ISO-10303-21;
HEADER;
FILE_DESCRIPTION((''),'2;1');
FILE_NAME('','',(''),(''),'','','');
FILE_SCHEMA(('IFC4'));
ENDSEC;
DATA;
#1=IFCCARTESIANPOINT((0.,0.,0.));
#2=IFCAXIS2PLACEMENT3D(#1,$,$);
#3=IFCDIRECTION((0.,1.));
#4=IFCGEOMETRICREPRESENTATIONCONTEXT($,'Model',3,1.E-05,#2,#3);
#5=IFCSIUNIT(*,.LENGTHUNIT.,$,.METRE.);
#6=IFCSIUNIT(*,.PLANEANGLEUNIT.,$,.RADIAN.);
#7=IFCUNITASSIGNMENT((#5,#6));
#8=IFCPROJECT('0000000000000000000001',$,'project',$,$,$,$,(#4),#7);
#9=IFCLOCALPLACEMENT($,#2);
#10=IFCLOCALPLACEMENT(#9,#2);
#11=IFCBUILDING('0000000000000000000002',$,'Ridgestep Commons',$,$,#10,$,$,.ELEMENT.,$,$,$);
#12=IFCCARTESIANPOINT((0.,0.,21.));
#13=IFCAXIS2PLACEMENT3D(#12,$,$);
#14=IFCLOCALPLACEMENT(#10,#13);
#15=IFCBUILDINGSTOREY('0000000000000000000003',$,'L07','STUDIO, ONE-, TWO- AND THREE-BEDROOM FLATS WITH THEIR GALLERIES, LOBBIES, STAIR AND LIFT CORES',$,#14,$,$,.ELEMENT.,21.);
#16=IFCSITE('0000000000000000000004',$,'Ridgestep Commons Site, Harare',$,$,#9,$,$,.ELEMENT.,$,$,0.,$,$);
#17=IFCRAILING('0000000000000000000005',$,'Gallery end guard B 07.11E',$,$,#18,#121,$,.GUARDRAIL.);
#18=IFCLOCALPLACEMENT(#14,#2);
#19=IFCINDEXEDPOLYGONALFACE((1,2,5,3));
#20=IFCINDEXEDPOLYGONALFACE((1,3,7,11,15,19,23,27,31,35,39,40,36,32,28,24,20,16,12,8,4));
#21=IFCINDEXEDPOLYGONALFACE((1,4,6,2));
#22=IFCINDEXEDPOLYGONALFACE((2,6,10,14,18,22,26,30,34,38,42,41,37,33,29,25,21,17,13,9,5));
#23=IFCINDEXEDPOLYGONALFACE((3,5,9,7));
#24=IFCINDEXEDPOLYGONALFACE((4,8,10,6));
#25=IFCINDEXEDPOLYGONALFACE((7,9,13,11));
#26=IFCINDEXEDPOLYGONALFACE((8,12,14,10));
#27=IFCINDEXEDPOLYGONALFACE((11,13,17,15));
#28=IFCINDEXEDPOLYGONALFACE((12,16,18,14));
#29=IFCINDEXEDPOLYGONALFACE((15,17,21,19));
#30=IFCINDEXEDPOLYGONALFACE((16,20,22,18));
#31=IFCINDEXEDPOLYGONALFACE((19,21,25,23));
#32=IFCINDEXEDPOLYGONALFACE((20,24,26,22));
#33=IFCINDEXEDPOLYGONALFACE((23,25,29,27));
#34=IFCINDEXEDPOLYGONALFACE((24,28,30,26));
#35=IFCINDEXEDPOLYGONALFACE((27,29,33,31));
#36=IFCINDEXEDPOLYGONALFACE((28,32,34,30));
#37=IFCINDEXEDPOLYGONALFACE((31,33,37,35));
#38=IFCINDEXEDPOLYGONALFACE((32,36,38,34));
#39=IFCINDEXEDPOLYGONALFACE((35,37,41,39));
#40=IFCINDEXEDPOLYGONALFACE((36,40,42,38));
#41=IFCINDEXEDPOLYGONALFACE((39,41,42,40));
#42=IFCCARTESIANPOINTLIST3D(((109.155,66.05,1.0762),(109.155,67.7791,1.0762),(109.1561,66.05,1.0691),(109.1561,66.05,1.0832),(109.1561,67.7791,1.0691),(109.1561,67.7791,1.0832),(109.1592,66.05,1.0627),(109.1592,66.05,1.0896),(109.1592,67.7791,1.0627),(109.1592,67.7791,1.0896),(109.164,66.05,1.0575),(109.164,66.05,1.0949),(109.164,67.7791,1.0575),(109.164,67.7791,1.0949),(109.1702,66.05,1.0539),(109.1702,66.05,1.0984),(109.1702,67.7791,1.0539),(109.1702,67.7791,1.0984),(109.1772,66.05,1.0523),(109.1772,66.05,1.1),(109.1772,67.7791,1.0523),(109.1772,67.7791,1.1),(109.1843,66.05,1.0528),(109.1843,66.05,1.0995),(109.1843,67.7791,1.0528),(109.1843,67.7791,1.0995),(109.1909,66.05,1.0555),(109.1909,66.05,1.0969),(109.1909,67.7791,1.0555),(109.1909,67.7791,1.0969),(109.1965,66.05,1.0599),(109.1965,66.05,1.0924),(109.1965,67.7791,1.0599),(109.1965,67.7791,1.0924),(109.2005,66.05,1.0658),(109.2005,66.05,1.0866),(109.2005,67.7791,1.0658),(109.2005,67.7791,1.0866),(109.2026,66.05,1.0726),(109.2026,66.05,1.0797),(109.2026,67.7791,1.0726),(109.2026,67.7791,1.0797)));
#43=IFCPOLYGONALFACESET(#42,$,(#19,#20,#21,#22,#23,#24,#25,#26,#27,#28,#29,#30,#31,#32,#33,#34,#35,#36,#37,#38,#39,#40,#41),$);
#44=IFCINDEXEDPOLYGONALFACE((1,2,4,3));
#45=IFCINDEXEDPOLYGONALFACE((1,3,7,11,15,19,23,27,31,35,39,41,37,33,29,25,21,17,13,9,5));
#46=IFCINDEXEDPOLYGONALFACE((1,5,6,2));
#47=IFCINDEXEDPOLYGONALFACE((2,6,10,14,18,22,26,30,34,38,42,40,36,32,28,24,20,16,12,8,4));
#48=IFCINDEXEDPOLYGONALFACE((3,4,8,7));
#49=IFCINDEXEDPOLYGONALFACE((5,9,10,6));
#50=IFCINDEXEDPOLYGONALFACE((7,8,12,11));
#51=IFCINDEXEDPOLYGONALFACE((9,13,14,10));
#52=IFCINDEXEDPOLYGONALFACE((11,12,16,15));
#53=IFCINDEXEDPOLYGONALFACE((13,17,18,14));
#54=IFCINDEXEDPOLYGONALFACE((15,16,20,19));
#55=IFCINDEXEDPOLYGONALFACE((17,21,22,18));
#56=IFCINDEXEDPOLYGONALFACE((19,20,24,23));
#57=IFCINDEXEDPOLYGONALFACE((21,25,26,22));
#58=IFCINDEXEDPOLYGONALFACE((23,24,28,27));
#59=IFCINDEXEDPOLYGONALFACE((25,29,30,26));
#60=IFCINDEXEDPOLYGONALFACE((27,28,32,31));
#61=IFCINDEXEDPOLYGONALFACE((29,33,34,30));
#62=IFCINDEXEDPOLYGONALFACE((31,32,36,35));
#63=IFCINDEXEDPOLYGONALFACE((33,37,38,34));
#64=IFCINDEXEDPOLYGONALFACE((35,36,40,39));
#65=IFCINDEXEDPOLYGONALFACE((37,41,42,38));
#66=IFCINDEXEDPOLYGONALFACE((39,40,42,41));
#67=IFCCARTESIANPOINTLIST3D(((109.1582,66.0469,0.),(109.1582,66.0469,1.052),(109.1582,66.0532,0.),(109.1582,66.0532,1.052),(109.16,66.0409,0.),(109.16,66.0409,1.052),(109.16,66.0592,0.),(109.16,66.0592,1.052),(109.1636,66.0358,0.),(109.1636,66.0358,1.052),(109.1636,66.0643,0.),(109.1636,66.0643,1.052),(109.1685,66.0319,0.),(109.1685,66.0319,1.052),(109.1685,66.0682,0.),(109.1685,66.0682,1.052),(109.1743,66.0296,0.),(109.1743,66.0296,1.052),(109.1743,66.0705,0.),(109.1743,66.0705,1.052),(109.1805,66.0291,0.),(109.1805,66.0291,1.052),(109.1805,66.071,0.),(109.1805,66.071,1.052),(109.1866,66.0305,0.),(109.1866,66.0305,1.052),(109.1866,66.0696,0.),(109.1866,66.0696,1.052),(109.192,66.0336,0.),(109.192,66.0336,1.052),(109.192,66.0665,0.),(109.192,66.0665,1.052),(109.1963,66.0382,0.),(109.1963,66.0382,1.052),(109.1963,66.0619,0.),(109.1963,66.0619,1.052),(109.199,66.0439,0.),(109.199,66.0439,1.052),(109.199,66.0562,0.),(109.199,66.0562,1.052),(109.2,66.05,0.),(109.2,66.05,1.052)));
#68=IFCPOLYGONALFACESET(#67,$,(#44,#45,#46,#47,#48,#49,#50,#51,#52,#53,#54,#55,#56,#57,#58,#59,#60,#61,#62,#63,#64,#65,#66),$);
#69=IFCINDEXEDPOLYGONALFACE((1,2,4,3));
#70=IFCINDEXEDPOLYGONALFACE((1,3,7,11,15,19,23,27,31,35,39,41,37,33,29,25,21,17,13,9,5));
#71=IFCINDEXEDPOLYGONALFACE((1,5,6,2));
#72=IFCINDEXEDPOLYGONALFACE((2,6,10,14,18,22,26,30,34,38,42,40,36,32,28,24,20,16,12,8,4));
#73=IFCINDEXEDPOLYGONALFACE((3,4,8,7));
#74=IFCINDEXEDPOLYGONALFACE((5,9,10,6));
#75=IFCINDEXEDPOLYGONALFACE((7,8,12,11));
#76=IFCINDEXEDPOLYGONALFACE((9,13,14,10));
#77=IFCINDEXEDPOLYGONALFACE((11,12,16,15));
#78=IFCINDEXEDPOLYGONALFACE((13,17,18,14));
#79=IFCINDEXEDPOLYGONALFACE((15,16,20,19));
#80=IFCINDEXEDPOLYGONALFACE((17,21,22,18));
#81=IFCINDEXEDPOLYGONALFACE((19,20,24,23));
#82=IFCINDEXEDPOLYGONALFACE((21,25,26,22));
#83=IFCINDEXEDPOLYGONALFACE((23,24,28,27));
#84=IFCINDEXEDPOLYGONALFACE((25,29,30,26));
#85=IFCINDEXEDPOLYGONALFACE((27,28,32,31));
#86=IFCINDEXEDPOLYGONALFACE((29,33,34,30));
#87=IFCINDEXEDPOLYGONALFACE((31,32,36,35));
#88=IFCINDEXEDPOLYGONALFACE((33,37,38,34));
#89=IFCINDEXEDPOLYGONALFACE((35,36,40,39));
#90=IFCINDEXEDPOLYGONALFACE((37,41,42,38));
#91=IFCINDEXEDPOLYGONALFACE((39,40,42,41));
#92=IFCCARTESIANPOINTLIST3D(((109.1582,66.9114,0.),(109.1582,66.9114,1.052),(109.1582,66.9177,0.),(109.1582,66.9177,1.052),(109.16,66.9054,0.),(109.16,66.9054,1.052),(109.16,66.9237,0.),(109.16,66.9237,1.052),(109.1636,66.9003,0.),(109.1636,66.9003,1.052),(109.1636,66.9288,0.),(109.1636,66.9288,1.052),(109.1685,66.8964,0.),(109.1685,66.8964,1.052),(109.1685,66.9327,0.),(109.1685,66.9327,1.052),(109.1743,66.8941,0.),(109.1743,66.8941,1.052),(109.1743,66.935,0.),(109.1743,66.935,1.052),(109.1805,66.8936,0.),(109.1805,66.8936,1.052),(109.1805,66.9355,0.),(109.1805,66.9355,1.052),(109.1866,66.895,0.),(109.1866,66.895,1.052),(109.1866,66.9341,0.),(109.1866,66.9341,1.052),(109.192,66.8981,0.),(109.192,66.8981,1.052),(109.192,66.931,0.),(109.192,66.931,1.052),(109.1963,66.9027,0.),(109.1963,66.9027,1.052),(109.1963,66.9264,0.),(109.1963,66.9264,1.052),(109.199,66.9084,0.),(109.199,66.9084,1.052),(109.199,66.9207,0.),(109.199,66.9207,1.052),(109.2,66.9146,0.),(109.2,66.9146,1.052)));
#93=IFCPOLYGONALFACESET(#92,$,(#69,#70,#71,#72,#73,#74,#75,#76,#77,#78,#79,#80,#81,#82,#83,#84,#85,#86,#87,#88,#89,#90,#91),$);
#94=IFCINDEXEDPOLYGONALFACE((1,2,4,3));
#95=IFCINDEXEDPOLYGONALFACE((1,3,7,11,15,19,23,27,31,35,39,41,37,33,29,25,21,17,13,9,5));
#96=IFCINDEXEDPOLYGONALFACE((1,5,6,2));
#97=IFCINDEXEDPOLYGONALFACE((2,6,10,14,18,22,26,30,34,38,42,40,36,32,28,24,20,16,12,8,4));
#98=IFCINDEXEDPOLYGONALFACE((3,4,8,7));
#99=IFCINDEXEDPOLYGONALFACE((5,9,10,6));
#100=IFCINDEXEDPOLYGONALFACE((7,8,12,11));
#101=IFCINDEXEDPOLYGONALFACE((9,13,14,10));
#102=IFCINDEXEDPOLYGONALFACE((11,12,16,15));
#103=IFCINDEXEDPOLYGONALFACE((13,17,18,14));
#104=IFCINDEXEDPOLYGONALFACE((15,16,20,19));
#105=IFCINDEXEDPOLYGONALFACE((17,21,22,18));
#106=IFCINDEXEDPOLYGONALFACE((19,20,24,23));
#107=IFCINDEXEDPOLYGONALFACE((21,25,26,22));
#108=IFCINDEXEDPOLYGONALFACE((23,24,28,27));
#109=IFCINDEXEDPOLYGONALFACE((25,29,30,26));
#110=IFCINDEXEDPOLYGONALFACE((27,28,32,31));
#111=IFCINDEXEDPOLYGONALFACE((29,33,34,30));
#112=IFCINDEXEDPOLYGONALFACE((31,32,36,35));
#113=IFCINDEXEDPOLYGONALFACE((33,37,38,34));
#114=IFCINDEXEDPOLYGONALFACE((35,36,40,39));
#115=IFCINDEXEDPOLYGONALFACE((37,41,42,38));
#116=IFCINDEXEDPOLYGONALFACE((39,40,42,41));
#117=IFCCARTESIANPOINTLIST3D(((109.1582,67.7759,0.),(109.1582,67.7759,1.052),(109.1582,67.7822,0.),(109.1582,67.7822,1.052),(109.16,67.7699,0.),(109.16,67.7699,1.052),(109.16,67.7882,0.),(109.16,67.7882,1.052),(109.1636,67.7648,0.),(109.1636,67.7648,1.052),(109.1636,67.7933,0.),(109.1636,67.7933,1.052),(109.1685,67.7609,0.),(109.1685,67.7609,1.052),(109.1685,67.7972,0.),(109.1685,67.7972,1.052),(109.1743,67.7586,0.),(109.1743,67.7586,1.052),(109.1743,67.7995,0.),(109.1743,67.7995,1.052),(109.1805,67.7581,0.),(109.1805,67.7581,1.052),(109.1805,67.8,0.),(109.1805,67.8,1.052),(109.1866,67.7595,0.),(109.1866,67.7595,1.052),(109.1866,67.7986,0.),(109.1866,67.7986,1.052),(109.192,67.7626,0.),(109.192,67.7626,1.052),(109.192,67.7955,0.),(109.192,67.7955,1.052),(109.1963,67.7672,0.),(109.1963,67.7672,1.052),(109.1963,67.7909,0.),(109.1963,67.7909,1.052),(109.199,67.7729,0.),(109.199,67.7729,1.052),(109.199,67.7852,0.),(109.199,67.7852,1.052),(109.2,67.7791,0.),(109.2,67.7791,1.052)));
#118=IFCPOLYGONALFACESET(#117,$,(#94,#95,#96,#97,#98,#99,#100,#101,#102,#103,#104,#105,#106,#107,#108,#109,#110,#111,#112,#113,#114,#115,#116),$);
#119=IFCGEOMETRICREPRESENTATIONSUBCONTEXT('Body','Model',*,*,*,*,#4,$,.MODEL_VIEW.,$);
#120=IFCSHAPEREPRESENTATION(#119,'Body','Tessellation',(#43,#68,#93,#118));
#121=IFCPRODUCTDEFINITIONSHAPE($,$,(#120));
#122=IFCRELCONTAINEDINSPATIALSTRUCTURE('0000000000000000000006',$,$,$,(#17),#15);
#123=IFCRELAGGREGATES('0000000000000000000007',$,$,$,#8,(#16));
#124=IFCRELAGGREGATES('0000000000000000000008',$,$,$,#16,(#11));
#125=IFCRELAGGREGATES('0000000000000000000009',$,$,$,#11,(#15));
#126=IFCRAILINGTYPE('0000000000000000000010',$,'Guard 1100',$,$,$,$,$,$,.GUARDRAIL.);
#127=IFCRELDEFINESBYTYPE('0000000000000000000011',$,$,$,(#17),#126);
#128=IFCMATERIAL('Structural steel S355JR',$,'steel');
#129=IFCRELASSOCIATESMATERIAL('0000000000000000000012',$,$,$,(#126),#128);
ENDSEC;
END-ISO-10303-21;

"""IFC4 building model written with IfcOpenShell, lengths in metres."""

from ifc_helpers import new_model, si_unit, direction, frame, origin, origin_2d, place, context, subcontext, project, spatial, circle, extrude, material, type_object, element, save


model = new_model("IFC4")

# Units and contexts
model_context = context("Model", 3, precision=1e-05, world=origin(), true_north=direction((0.0, 1.0)))
body_context = subcontext(model_context, "Body", "Model", "MODEL_VIEW")
ifc_project = project(units=[si_unit("LENGTHUNIT", "METRE"), si_unit("PLANEANGLEUNIT", "RADIAN")], contexts=[model_context])

# Site, building, storey
site_placement = place(None, origin())
site = spatial("IfcSite", under=ifc_project, at=site_placement, Name="Ridgestep Commons Site, Harare", CompositionType="ELEMENT", RefElevation=0.0)
building_placement = place(site_placement, origin())
building = spatial("IfcBuilding", under=site, at=building_placement, Name="Ridgestep Commons", CompositionType="ELEMENT")
storey_placement = place(building_placement, frame((0.0, 0.0, 21.0)))
storey = spatial("IfcBuildingStorey", under=building, at=storey_placement, Name="L07", Description="STUDIO, ONE-, TWO- AND THREE-BEDROOM FLATS WITH THEIR GALLERIES, LOBBIES, STAIR AND LIFT CORES", CompositionType="ELEMENT", Elevation=21.0)

# Railing
ifc_material_1 = material(Name="Structural steel S355JR", Category="steel")
railing_type = type_object("IfcRailingType", Name="Guard 1100", PredefinedType="GUARDRAIL", material=ifc_material_1)
railing_1_placement = place(storey_placement, frame((109.179, 66.05, 0.0)))
element("IfcRailing", 1, at=railing_1_placement, inside=storey, type_object=railing_type, Name="Gallery end guard B 07.11E", PredefinedType="GUARDRAIL", context=body_context, shape_type="SweptSolid", body=[
    extrude(circle(Radius=0.0239, at=origin_2d()), frame((0.0, 0.0, 1.0762), z_axis=(0.0, 1.0, 0.0), x_axis=(-1.0, 0.0, 0.0)), (0.0, 0.0, 1.0), 1.729),
    extrude(circle(Radius=0.021, at=origin_2d()), origin(), (0.0, 0.0, 1.0), 1.052),
    extrude(circle(Radius=0.021, at=origin_2d()), frame((0.0, 0.8645, 0.0)), (0.0, 0.0, 1.0), 1.052),
    extrude(circle(Radius=0.021, at=origin_2d()), frame((0.0, 1.729, 0.0)), (0.0, 0.0, 1.0), 1.052),
])

save(model, "model.ifc")
